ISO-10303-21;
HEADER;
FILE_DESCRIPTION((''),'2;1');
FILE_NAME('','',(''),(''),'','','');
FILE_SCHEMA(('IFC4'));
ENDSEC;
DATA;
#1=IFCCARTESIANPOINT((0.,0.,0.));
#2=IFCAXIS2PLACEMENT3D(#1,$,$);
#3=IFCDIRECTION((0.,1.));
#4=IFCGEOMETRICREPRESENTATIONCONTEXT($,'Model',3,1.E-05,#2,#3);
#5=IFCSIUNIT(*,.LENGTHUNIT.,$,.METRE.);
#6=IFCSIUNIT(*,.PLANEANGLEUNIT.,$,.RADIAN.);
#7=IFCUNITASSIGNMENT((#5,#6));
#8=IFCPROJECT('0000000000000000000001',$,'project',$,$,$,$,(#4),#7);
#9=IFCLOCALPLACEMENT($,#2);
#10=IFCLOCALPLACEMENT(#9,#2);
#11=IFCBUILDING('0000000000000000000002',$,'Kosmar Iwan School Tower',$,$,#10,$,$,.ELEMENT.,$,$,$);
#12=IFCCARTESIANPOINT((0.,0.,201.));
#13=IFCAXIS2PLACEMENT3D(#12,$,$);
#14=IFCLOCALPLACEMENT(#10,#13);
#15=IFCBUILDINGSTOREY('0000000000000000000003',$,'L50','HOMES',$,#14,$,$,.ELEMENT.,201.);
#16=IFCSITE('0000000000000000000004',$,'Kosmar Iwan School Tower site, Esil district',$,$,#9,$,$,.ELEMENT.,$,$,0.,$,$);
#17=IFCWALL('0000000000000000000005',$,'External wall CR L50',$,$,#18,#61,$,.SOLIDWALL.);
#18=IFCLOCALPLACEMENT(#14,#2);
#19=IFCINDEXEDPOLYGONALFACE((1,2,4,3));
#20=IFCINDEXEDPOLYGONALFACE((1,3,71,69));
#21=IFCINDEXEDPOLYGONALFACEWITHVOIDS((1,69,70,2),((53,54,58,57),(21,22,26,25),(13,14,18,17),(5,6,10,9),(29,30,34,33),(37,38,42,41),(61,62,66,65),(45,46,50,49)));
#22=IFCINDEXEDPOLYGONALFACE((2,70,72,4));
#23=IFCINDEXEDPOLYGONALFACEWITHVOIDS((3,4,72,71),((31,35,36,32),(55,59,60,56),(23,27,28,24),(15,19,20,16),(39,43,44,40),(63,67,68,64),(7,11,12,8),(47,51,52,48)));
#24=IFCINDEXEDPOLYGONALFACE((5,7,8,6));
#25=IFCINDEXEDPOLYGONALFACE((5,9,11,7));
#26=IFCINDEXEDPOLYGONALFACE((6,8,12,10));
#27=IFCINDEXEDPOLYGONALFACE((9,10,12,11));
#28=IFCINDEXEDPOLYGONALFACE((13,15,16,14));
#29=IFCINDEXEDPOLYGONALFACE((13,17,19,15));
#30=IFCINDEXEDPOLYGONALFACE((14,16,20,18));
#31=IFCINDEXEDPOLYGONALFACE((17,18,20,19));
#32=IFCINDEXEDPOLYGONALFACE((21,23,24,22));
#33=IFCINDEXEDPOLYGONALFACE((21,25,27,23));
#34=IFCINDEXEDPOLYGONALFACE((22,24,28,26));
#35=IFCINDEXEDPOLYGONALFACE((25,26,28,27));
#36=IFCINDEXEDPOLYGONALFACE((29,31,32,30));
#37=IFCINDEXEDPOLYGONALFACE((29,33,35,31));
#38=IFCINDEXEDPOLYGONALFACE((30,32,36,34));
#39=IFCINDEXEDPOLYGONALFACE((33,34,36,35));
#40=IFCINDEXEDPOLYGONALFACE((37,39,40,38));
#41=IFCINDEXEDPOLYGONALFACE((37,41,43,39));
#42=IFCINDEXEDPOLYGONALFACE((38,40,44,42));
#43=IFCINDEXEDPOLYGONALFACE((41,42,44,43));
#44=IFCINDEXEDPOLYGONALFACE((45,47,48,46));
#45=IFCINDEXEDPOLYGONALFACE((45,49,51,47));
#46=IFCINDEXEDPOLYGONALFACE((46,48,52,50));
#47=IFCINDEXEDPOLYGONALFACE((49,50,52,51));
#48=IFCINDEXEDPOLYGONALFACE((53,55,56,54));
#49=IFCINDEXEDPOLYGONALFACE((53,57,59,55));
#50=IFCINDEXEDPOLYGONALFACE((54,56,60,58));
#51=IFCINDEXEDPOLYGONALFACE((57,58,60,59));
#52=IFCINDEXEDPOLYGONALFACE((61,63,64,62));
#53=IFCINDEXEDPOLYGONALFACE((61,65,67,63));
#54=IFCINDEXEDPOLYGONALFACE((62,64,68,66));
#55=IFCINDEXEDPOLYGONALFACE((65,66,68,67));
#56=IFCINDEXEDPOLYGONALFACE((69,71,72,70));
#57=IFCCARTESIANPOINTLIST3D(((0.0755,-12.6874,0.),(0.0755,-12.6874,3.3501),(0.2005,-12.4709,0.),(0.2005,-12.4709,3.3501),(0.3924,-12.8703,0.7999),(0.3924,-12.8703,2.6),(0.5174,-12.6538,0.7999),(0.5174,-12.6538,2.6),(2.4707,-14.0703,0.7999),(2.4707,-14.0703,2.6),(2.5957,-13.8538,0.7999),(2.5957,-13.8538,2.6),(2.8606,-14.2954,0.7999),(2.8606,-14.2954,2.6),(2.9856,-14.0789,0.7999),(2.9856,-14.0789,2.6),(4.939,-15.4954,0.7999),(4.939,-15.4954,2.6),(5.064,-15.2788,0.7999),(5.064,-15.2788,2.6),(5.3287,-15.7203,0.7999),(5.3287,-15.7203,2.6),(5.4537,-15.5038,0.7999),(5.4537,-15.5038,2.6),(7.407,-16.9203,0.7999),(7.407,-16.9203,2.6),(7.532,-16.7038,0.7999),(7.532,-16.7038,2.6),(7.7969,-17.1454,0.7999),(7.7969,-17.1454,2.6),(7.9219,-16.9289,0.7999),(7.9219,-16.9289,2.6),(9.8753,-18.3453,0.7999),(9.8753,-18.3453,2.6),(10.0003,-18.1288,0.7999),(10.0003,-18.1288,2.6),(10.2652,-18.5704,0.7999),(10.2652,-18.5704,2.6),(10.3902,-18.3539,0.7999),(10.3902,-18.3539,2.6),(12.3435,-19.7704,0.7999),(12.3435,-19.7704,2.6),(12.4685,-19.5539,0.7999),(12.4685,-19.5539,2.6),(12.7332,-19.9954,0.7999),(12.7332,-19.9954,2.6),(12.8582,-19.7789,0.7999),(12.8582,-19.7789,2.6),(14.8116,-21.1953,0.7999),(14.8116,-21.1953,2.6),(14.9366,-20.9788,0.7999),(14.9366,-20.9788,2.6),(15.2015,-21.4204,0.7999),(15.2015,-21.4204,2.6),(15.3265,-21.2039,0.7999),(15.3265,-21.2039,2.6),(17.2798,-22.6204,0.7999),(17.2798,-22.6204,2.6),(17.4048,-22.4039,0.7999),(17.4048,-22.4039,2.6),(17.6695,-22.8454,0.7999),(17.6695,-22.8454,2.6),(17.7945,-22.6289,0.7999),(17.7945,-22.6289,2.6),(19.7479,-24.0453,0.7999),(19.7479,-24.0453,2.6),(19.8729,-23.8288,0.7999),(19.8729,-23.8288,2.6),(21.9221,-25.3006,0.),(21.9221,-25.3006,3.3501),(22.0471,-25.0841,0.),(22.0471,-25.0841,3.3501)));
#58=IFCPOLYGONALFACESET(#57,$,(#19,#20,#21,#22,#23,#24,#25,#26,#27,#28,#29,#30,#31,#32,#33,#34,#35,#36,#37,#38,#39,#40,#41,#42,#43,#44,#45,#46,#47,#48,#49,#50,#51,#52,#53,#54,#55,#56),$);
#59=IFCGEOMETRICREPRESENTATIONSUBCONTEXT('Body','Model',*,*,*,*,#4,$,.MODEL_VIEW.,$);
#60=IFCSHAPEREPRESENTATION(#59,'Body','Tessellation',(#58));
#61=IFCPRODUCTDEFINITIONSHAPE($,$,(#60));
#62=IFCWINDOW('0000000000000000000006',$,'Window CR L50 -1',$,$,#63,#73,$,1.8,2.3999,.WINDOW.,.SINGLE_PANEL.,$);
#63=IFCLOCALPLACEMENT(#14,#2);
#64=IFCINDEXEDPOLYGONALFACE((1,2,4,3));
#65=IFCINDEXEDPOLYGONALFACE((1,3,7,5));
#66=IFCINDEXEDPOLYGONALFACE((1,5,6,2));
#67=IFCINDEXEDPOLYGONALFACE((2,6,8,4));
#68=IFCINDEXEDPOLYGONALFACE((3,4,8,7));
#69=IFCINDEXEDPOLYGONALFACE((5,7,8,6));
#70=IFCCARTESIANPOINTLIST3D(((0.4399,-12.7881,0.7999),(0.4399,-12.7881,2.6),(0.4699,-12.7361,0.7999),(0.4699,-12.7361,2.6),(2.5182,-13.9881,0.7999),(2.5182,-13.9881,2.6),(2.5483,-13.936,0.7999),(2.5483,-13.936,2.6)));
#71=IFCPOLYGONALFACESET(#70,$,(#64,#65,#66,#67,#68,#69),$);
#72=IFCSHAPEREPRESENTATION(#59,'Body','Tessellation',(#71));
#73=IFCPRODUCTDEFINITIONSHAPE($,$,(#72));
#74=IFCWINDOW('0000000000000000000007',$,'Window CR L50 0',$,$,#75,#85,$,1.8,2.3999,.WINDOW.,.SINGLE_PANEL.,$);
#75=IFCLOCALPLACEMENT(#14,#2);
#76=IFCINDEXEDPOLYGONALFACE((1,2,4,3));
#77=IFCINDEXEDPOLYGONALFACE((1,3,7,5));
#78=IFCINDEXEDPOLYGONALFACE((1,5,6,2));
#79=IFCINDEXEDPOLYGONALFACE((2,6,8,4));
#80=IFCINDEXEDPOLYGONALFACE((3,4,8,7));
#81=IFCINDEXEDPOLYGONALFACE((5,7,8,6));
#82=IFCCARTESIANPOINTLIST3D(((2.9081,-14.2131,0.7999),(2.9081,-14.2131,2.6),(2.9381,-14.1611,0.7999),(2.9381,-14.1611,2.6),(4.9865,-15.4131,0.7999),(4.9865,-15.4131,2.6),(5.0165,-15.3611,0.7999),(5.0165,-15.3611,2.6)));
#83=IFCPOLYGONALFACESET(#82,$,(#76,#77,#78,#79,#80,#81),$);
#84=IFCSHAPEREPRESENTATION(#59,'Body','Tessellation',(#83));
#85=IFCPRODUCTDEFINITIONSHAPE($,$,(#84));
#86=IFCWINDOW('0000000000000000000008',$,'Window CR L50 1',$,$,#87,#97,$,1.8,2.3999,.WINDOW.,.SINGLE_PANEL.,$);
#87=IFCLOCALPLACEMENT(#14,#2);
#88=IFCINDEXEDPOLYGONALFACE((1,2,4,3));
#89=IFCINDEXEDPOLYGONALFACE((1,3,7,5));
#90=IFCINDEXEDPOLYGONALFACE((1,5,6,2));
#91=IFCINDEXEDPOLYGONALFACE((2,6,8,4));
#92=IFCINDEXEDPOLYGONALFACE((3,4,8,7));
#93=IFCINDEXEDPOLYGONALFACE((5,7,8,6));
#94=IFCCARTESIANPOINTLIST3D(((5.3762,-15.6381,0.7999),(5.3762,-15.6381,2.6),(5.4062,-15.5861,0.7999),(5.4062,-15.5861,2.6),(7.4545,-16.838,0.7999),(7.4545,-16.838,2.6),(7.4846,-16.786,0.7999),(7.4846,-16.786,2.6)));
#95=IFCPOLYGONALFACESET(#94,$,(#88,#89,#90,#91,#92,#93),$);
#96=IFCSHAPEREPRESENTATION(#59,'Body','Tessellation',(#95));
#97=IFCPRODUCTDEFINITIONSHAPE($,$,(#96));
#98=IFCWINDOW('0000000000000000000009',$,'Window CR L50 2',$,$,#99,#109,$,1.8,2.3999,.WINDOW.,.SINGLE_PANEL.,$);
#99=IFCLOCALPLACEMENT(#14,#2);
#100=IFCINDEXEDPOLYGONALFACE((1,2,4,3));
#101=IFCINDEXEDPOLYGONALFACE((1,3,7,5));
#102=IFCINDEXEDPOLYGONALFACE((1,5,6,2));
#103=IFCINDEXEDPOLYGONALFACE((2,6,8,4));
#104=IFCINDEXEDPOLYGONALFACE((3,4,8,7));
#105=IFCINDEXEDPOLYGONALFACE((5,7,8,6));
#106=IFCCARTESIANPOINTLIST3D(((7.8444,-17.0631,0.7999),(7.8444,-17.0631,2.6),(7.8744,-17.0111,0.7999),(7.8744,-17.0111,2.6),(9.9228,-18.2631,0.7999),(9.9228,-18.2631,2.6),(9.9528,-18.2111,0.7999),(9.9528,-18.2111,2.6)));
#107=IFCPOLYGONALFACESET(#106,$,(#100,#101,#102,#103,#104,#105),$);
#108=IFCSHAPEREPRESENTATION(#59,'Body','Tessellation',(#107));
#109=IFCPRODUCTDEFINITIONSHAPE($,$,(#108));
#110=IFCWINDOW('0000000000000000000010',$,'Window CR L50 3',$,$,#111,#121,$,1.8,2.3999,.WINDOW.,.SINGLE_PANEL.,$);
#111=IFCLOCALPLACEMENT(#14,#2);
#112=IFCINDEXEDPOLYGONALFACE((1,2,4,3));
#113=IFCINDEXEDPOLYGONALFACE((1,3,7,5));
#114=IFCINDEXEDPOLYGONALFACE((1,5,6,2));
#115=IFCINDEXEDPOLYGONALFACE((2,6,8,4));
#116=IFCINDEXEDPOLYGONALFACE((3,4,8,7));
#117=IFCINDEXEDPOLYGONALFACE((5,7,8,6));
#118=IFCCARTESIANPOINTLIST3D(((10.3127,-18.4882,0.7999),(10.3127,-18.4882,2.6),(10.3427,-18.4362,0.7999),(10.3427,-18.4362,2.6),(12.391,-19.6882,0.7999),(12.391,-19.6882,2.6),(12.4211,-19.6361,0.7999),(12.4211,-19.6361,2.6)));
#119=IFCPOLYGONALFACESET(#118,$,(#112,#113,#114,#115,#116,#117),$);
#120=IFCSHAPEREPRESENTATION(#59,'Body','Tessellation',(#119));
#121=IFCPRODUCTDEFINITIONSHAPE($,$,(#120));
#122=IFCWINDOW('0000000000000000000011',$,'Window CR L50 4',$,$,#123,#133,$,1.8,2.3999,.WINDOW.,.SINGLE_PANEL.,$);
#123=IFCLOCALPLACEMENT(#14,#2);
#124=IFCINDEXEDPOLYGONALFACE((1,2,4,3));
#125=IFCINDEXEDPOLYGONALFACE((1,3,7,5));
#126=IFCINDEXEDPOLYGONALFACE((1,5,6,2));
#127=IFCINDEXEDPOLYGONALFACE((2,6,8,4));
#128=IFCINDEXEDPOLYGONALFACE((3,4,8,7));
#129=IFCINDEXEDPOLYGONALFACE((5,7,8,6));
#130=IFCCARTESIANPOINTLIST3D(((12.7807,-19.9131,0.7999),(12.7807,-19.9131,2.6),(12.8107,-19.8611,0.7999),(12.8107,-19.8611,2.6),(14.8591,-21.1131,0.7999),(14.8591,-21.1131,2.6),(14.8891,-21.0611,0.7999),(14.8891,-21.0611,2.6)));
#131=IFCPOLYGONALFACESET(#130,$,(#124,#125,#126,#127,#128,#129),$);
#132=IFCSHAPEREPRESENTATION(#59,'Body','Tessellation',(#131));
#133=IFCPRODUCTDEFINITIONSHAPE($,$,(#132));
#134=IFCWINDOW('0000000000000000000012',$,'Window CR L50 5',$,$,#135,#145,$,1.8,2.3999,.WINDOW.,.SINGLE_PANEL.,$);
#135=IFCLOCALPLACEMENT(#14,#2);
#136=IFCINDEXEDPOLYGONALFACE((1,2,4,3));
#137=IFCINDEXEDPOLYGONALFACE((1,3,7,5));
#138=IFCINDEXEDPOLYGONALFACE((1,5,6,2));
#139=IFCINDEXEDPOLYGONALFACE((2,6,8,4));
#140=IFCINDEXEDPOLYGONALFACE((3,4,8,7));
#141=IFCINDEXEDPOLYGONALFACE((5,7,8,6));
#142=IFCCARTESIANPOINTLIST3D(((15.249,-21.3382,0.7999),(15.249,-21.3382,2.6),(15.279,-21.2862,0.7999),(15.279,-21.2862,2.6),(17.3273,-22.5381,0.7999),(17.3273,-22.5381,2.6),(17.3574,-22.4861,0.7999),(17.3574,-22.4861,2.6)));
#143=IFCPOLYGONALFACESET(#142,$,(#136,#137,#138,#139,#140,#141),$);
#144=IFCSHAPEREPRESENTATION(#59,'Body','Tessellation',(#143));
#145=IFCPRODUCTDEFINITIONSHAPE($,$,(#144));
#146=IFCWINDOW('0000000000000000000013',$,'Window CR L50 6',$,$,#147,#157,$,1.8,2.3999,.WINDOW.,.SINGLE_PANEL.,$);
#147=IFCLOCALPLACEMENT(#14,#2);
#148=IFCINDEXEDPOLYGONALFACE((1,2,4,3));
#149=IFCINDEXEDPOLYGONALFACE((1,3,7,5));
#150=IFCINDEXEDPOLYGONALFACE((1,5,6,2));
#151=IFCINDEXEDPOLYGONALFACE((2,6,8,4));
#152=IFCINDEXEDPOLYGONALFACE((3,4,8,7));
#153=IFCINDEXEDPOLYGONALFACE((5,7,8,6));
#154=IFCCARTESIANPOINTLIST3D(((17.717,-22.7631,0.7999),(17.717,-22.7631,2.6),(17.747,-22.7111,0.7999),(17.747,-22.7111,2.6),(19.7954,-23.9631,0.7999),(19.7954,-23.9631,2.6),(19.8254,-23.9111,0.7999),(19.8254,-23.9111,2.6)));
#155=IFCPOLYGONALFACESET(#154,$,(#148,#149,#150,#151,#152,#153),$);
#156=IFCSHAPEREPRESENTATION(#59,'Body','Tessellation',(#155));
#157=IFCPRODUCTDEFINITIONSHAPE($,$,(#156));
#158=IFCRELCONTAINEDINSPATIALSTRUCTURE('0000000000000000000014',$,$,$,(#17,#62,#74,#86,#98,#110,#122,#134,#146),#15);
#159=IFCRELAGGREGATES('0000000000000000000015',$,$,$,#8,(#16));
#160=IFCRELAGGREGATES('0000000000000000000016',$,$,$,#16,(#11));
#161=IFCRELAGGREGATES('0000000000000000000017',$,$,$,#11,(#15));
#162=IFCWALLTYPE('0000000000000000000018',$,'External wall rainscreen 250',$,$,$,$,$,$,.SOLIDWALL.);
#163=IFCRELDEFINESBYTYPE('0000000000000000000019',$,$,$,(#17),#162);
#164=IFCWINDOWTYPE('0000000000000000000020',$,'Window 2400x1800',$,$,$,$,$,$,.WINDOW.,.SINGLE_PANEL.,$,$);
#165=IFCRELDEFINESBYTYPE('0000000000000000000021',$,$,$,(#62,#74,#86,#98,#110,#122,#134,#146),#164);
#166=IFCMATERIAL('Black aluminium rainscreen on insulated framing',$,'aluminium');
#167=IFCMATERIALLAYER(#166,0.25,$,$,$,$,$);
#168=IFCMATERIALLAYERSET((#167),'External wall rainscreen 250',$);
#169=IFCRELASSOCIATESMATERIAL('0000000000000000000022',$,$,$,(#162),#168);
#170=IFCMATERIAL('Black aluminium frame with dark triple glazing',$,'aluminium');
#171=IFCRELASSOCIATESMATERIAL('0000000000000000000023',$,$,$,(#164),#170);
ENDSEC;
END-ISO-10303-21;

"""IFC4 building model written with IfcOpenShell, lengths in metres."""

from ifc_helpers import new_model, si_unit, direction, frame, frame_2d, origin, place, context, subcontext, project, spatial, rectangle, extrude, material, layer, layer_set, type_object, element, fill, save


model = new_model("IFC4")

# Units and contexts
model_context = context("Model", 3, precision=1e-05, world=origin(), true_north=direction((0.0, 1.0)))
body_context = subcontext(model_context, "Body", "Model", "MODEL_VIEW")
ifc_project = project(units=[si_unit("LENGTHUNIT", "METRE"), si_unit("PLANEANGLEUNIT", "RADIAN")], contexts=[model_context])

# Site, building, storey
site_placement = place(None, origin())
site = spatial("IfcSite", under=ifc_project, at=site_placement, Name="Kosmar Iwan School Tower site, Esil district", CompositionType="ELEMENT", RefElevation=0.0)
building_placement = place(site_placement, origin())
building = spatial("IfcBuilding", under=site, at=building_placement, Name="Kosmar Iwan School Tower", CompositionType="ELEMENT")
storey_placement = place(building_placement, frame((0.0, 0.0, 201.0)))
storey = spatial("IfcBuildingStorey", under=building, at=storey_placement, Name="L50", Description="HOMES", CompositionType="ELEMENT", Elevation=201.0)

# Wall, openings, windows
ifc_material_1 = material(Name="Black aluminium rainscreen on insulated framing", Category="aluminium")
ifc_layer_1 = layer(ifc_material_1, 0.25)
ifc_layer_set_1 = layer_set([ifc_layer_1], Name="External wall rainscreen 250")
wall_type_1 = type_object("IfcWallType", Name="External wall rainscreen 250", PredefinedType="SOLIDWALL", material=ifc_layer_set_1)
ifc_material_2 = material(Name="Black aluminium frame with dark triple glazing", Category="aluminium")
window_type = type_object("IfcWindowType", Name="Window 2400x1800", PartitioningType="SINGLE_PANEL", PredefinedType="WINDOW", material=ifc_material_2)
wall_1_placement = place(storey_placement, frame((0.1379, -12.5791, 0.0), z_axis=(0.0, 0.0, 1.0), x_axis=(0.866024, -0.500003, 0.0)))
wall_1 = element("IfcWall", 1, at=wall_1_placement, inside=storey, type_object=wall_type_1, Name="External wall CR L50", PredefinedType="SOLIDWALL", context=body_context, shape_type="SweptSolid", body=[
    extrude(rectangle(XDim=25.2263, YDim=0.25, at=frame_2d((12.6133, 0.0))), origin(), (0.0, 0.0, 1.0), 3.3501),
])
opening_1_placement = place(wall_1_placement, frame((0.366, 0.0, 0.8)))
opening_1 = element("IfcOpeningElement", 2, at=opening_1_placement, cuts=wall_1, PredefinedType="OPENING", context=body_context, shape_type="SweptSolid", body=[
    extrude(rectangle(XDim=2.3999, YDim=1.8, at=frame_2d((1.2, 0.8999))), frame((0.0, 0.137, 0.0), z_axis=(0.0, -1.0, 0.0), x_axis=(1.0, 0.0, 0.0)), (0.0, 0.0, 1.0), 0.2739),
])
opening_2_placement = place(wall_1_placement, frame((3.2161, 0.0, 0.8)))
opening_2 = element("IfcOpeningElement", 3, at=opening_2_placement, cuts=wall_1, PredefinedType="OPENING", context=body_context, shape_type="SweptSolid", body=[
    extrude(rectangle(XDim=2.3999, YDim=1.8, at=frame_2d((1.2, 0.8999))), frame((0.0, 0.137, 0.0), z_axis=(0.0, -1.0, 0.0), x_axis=(1.0, 0.0, 0.0)), (0.0, 0.0, 1.0), 0.2739),
])
opening_3_placement = place(wall_1_placement, frame((6.0659, 0.0, 0.8)))
opening_3 = element("IfcOpeningElement", 4, at=opening_3_placement, cuts=wall_1, PredefinedType="OPENING", context=body_context, shape_type="SweptSolid", body=[
    extrude(rectangle(XDim=2.3999, YDim=1.8, at=frame_2d((1.2, 0.8999))), frame((0.0, 0.137, 0.0), z_axis=(0.0, -1.0, 0.0), x_axis=(1.0, 0.0, 0.0)), (0.0, 0.0, 1.0), 0.2739),
])
opening_4_placement = place(wall_1_placement, frame((8.916, 0.0, 0.8)))
opening_4 = element("IfcOpeningElement", 5, at=opening_4_placement, cuts=wall_1, PredefinedType="OPENING", context=body_context, shape_type="SweptSolid", body=[
    extrude(rectangle(XDim=2.3999, YDim=1.8, at=frame_2d((1.2, 0.8999))), frame((0.0, 0.137, 0.0), z_axis=(0.0, -1.0, 0.0), x_axis=(1.0, 0.0, 0.0)), (0.0, 0.0, 1.0), 0.2739),
])
opening_5_placement = place(wall_1_placement, frame((11.7661, 0.0, 0.8)))
opening_5 = element("IfcOpeningElement", 6, at=opening_5_placement, cuts=wall_1, PredefinedType="OPENING", context=body_context, shape_type="SweptSolid", body=[
    extrude(rectangle(XDim=2.3999, YDim=1.8, at=frame_2d((1.2, 0.8999))), frame((0.0, 0.137, 0.0), z_axis=(0.0, -1.0, 0.0), x_axis=(1.0, 0.0, 0.0)), (0.0, 0.0, 1.0), 0.2739),
])
opening_6_placement = place(wall_1_placement, frame((14.616, 0.0, 0.8)))
opening_6 = element("IfcOpeningElement", 7, at=opening_6_placement, cuts=wall_1, PredefinedType="OPENING", context=body_context, shape_type="SweptSolid", body=[
    extrude(rectangle(XDim=2.3999, YDim=1.8, at=frame_2d((1.2, 0.8999))), frame((0.0, 0.137, 0.0), z_axis=(0.0, -1.0, 0.0), x_axis=(1.0, 0.0, 0.0)), (0.0, 0.0, 1.0), 0.2739),
])
opening_7_placement = place(wall_1_placement, frame((17.4661, 0.0, 0.8)))
opening_7 = element("IfcOpeningElement", 8, at=opening_7_placement, cuts=wall_1, PredefinedType="OPENING", context=body_context, shape_type="SweptSolid", body=[
    extrude(rectangle(XDim=2.3999, YDim=1.8, at=frame_2d((1.2, 0.8999))), frame((0.0, 0.137, 0.0), z_axis=(0.0, -1.0, 0.0), x_axis=(1.0, 0.0, 0.0)), (0.0, 0.0, 1.0), 0.2739),
])
opening_8_placement = place(wall_1_placement, frame((20.3159, 0.0, 0.8)))
opening_8 = element("IfcOpeningElement", 9, at=opening_8_placement, cuts=wall_1, PredefinedType="OPENING", context=body_context, shape_type="SweptSolid", body=[
    extrude(rectangle(XDim=2.3999, YDim=1.8, at=frame_2d((1.2, 0.8999))), frame((0.0, 0.137, 0.0), z_axis=(0.0, -1.0, 0.0), x_axis=(1.0, 0.0, 0.0)), (0.0, 0.0, 1.0), 0.2739),
])
window_1_placement = place(opening_1_placement, origin())
window_1 = element("IfcWindow", 10, at=window_1_placement, inside=storey, type_object=window_type, Name="Window CR L50 -1", OverallHeight=1.8, OverallWidth=2.3999, PartitioningType="SINGLE_PANEL", PredefinedType="WINDOW", context=body_context, shape_type="SweptSolid", body=[
    extrude(rectangle(XDim=2.3999, YDim=1.8, at=frame_2d((1.2, 0.8999))), frame((0.0, 0.03, 0.0), z_axis=(0.0, -1.0, 0.0), x_axis=(1.0, 0.0, 0.0)), (0.0, 0.0, 1.0), 0.0601),
])
fill(opening_1, window_1)
window_2_placement = place(opening_2_placement, origin())
window_2 = element("IfcWindow", 11, at=window_2_placement, inside=storey, type_object=window_type, Name="Window CR L50 0", OverallHeight=1.8, OverallWidth=2.3999, PartitioningType="SINGLE_PANEL", PredefinedType="WINDOW", context=body_context, shape_type="SweptSolid", body=[
    extrude(rectangle(XDim=2.3999, YDim=1.8, at=frame_2d((1.2, 0.8999))), frame((0.0, 0.03, 0.0), z_axis=(0.0, -1.0, 0.0), x_axis=(1.0, 0.0, 0.0)), (0.0, 0.0, 1.0), 0.0601),
])
fill(opening_2, window_2)
window_3_placement = place(opening_3_placement, origin())
window_3 = element("IfcWindow", 12, at=window_3_placement, inside=storey, type_object=window_type, Name="Window CR L50 1", OverallHeight=1.8, OverallWidth=2.3999, PartitioningType="SINGLE_PANEL", PredefinedType="WINDOW", context=body_context, shape_type="SweptSolid", body=[
    extrude(rectangle(XDim=2.3999, YDim=1.8, at=frame_2d((1.2, 0.8999))), frame((0.0, 0.03, 0.0), z_axis=(0.0, -1.0, 0.0), x_axis=(1.0, 0.0, 0.0)), (0.0, 0.0, 1.0), 0.0601),
])
fill(opening_3, window_3)
window_4_placement = place(opening_4_placement, origin())
window_4 = element("IfcWindow", 13, at=window_4_placement, inside=storey, type_object=window_type, Name="Window CR L50 2", OverallHeight=1.8, OverallWidth=2.3999, PartitioningType="SINGLE_PANEL", PredefinedType="WINDOW", context=body_context, shape_type="SweptSolid", body=[
    extrude(rectangle(XDim=2.3999, YDim=1.8, at=frame_2d((1.2, 0.8999))), frame((0.0, 0.03, 0.0), z_axis=(0.0, -1.0, 0.0), x_axis=(1.0, 0.0, 0.0)), (0.0, 0.0, 1.0), 0.0601),
])
fill(opening_4, window_4)
window_5_placement = place(opening_5_placement, origin())
window_5 = element("IfcWindow", 14, at=window_5_placement, inside=storey, type_object=window_type, Name="Window CR L50 3", OverallHeight=1.8, OverallWidth=2.3999, PartitioningType="SINGLE_PANEL", PredefinedType="WINDOW", context=body_context, shape_type="SweptSolid", body=[
    extrude(rectangle(XDim=2.3999, YDim=1.8, at=frame_2d((1.2, 0.8999))), frame((0.0, 0.03, 0.0), z_axis=(0.0, -1.0, 0.0), x_axis=(1.0, 0.0, 0.0)), (0.0, 0.0, 1.0), 0.0601),
])
fill(opening_5, window_5)
window_6_placement = place(opening_6_placement, origin())
window_6 = element("IfcWindow", 15, at=window_6_placement, inside=storey, type_object=window_type, Name="Window CR L50 4", OverallHeight=1.8, OverallWidth=2.3999, PartitioningType="SINGLE_PANEL", PredefinedType="WINDOW", context=body_context, shape_type="SweptSolid", body=[
    extrude(rectangle(XDim=2.3999, YDim=1.8, at=frame_2d((1.2, 0.8999))), frame((0.0, 0.03, 0.0), z_axis=(0.0, -1.0, 0.0), x_axis=(1.0, 0.0, 0.0)), (0.0, 0.0, 1.0), 0.0601),
])
fill(opening_6, window_6)
window_7_placement = place(opening_7_placement, origin())
window_7 = element("IfcWindow", 16, at=window_7_placement, inside=storey, type_object=window_type, Name="Window CR L50 5", OverallHeight=1.8, OverallWidth=2.3999, PartitioningType="SINGLE_PANEL", PredefinedType="WINDOW", context=body_context, shape_type="SweptSolid", body=[
    extrude(rectangle(XDim=2.3999, YDim=1.8, at=frame_2d((1.2, 0.8999))), frame((0.0, 0.03, 0.0), z_axis=(0.0, -1.0, 0.0), x_axis=(1.0, 0.0, 0.0)), (0.0, 0.0, 1.0), 0.0601),
])
fill(opening_7, window_7)
window_8_placement = place(opening_8_placement, origin())
window_8 = element("IfcWindow", 17, at=window_8_placement, inside=storey, type_object=window_type, Name="Window CR L50 6", OverallHeight=1.8, OverallWidth=2.3999, PartitioningType="SINGLE_PANEL", PredefinedType="WINDOW", context=body_context, shape_type="SweptSolid", body=[
    extrude(rectangle(XDim=2.3999, YDim=1.8, at=frame_2d((1.2, 0.8999))), frame((0.0, 0.03, 0.0), z_axis=(0.0, -1.0, 0.0), x_axis=(1.0, 0.0, 0.0)), (0.0, 0.0, 1.0), 0.0601),
])
fill(opening_8, window_8)

save(model, "model.ifc")
